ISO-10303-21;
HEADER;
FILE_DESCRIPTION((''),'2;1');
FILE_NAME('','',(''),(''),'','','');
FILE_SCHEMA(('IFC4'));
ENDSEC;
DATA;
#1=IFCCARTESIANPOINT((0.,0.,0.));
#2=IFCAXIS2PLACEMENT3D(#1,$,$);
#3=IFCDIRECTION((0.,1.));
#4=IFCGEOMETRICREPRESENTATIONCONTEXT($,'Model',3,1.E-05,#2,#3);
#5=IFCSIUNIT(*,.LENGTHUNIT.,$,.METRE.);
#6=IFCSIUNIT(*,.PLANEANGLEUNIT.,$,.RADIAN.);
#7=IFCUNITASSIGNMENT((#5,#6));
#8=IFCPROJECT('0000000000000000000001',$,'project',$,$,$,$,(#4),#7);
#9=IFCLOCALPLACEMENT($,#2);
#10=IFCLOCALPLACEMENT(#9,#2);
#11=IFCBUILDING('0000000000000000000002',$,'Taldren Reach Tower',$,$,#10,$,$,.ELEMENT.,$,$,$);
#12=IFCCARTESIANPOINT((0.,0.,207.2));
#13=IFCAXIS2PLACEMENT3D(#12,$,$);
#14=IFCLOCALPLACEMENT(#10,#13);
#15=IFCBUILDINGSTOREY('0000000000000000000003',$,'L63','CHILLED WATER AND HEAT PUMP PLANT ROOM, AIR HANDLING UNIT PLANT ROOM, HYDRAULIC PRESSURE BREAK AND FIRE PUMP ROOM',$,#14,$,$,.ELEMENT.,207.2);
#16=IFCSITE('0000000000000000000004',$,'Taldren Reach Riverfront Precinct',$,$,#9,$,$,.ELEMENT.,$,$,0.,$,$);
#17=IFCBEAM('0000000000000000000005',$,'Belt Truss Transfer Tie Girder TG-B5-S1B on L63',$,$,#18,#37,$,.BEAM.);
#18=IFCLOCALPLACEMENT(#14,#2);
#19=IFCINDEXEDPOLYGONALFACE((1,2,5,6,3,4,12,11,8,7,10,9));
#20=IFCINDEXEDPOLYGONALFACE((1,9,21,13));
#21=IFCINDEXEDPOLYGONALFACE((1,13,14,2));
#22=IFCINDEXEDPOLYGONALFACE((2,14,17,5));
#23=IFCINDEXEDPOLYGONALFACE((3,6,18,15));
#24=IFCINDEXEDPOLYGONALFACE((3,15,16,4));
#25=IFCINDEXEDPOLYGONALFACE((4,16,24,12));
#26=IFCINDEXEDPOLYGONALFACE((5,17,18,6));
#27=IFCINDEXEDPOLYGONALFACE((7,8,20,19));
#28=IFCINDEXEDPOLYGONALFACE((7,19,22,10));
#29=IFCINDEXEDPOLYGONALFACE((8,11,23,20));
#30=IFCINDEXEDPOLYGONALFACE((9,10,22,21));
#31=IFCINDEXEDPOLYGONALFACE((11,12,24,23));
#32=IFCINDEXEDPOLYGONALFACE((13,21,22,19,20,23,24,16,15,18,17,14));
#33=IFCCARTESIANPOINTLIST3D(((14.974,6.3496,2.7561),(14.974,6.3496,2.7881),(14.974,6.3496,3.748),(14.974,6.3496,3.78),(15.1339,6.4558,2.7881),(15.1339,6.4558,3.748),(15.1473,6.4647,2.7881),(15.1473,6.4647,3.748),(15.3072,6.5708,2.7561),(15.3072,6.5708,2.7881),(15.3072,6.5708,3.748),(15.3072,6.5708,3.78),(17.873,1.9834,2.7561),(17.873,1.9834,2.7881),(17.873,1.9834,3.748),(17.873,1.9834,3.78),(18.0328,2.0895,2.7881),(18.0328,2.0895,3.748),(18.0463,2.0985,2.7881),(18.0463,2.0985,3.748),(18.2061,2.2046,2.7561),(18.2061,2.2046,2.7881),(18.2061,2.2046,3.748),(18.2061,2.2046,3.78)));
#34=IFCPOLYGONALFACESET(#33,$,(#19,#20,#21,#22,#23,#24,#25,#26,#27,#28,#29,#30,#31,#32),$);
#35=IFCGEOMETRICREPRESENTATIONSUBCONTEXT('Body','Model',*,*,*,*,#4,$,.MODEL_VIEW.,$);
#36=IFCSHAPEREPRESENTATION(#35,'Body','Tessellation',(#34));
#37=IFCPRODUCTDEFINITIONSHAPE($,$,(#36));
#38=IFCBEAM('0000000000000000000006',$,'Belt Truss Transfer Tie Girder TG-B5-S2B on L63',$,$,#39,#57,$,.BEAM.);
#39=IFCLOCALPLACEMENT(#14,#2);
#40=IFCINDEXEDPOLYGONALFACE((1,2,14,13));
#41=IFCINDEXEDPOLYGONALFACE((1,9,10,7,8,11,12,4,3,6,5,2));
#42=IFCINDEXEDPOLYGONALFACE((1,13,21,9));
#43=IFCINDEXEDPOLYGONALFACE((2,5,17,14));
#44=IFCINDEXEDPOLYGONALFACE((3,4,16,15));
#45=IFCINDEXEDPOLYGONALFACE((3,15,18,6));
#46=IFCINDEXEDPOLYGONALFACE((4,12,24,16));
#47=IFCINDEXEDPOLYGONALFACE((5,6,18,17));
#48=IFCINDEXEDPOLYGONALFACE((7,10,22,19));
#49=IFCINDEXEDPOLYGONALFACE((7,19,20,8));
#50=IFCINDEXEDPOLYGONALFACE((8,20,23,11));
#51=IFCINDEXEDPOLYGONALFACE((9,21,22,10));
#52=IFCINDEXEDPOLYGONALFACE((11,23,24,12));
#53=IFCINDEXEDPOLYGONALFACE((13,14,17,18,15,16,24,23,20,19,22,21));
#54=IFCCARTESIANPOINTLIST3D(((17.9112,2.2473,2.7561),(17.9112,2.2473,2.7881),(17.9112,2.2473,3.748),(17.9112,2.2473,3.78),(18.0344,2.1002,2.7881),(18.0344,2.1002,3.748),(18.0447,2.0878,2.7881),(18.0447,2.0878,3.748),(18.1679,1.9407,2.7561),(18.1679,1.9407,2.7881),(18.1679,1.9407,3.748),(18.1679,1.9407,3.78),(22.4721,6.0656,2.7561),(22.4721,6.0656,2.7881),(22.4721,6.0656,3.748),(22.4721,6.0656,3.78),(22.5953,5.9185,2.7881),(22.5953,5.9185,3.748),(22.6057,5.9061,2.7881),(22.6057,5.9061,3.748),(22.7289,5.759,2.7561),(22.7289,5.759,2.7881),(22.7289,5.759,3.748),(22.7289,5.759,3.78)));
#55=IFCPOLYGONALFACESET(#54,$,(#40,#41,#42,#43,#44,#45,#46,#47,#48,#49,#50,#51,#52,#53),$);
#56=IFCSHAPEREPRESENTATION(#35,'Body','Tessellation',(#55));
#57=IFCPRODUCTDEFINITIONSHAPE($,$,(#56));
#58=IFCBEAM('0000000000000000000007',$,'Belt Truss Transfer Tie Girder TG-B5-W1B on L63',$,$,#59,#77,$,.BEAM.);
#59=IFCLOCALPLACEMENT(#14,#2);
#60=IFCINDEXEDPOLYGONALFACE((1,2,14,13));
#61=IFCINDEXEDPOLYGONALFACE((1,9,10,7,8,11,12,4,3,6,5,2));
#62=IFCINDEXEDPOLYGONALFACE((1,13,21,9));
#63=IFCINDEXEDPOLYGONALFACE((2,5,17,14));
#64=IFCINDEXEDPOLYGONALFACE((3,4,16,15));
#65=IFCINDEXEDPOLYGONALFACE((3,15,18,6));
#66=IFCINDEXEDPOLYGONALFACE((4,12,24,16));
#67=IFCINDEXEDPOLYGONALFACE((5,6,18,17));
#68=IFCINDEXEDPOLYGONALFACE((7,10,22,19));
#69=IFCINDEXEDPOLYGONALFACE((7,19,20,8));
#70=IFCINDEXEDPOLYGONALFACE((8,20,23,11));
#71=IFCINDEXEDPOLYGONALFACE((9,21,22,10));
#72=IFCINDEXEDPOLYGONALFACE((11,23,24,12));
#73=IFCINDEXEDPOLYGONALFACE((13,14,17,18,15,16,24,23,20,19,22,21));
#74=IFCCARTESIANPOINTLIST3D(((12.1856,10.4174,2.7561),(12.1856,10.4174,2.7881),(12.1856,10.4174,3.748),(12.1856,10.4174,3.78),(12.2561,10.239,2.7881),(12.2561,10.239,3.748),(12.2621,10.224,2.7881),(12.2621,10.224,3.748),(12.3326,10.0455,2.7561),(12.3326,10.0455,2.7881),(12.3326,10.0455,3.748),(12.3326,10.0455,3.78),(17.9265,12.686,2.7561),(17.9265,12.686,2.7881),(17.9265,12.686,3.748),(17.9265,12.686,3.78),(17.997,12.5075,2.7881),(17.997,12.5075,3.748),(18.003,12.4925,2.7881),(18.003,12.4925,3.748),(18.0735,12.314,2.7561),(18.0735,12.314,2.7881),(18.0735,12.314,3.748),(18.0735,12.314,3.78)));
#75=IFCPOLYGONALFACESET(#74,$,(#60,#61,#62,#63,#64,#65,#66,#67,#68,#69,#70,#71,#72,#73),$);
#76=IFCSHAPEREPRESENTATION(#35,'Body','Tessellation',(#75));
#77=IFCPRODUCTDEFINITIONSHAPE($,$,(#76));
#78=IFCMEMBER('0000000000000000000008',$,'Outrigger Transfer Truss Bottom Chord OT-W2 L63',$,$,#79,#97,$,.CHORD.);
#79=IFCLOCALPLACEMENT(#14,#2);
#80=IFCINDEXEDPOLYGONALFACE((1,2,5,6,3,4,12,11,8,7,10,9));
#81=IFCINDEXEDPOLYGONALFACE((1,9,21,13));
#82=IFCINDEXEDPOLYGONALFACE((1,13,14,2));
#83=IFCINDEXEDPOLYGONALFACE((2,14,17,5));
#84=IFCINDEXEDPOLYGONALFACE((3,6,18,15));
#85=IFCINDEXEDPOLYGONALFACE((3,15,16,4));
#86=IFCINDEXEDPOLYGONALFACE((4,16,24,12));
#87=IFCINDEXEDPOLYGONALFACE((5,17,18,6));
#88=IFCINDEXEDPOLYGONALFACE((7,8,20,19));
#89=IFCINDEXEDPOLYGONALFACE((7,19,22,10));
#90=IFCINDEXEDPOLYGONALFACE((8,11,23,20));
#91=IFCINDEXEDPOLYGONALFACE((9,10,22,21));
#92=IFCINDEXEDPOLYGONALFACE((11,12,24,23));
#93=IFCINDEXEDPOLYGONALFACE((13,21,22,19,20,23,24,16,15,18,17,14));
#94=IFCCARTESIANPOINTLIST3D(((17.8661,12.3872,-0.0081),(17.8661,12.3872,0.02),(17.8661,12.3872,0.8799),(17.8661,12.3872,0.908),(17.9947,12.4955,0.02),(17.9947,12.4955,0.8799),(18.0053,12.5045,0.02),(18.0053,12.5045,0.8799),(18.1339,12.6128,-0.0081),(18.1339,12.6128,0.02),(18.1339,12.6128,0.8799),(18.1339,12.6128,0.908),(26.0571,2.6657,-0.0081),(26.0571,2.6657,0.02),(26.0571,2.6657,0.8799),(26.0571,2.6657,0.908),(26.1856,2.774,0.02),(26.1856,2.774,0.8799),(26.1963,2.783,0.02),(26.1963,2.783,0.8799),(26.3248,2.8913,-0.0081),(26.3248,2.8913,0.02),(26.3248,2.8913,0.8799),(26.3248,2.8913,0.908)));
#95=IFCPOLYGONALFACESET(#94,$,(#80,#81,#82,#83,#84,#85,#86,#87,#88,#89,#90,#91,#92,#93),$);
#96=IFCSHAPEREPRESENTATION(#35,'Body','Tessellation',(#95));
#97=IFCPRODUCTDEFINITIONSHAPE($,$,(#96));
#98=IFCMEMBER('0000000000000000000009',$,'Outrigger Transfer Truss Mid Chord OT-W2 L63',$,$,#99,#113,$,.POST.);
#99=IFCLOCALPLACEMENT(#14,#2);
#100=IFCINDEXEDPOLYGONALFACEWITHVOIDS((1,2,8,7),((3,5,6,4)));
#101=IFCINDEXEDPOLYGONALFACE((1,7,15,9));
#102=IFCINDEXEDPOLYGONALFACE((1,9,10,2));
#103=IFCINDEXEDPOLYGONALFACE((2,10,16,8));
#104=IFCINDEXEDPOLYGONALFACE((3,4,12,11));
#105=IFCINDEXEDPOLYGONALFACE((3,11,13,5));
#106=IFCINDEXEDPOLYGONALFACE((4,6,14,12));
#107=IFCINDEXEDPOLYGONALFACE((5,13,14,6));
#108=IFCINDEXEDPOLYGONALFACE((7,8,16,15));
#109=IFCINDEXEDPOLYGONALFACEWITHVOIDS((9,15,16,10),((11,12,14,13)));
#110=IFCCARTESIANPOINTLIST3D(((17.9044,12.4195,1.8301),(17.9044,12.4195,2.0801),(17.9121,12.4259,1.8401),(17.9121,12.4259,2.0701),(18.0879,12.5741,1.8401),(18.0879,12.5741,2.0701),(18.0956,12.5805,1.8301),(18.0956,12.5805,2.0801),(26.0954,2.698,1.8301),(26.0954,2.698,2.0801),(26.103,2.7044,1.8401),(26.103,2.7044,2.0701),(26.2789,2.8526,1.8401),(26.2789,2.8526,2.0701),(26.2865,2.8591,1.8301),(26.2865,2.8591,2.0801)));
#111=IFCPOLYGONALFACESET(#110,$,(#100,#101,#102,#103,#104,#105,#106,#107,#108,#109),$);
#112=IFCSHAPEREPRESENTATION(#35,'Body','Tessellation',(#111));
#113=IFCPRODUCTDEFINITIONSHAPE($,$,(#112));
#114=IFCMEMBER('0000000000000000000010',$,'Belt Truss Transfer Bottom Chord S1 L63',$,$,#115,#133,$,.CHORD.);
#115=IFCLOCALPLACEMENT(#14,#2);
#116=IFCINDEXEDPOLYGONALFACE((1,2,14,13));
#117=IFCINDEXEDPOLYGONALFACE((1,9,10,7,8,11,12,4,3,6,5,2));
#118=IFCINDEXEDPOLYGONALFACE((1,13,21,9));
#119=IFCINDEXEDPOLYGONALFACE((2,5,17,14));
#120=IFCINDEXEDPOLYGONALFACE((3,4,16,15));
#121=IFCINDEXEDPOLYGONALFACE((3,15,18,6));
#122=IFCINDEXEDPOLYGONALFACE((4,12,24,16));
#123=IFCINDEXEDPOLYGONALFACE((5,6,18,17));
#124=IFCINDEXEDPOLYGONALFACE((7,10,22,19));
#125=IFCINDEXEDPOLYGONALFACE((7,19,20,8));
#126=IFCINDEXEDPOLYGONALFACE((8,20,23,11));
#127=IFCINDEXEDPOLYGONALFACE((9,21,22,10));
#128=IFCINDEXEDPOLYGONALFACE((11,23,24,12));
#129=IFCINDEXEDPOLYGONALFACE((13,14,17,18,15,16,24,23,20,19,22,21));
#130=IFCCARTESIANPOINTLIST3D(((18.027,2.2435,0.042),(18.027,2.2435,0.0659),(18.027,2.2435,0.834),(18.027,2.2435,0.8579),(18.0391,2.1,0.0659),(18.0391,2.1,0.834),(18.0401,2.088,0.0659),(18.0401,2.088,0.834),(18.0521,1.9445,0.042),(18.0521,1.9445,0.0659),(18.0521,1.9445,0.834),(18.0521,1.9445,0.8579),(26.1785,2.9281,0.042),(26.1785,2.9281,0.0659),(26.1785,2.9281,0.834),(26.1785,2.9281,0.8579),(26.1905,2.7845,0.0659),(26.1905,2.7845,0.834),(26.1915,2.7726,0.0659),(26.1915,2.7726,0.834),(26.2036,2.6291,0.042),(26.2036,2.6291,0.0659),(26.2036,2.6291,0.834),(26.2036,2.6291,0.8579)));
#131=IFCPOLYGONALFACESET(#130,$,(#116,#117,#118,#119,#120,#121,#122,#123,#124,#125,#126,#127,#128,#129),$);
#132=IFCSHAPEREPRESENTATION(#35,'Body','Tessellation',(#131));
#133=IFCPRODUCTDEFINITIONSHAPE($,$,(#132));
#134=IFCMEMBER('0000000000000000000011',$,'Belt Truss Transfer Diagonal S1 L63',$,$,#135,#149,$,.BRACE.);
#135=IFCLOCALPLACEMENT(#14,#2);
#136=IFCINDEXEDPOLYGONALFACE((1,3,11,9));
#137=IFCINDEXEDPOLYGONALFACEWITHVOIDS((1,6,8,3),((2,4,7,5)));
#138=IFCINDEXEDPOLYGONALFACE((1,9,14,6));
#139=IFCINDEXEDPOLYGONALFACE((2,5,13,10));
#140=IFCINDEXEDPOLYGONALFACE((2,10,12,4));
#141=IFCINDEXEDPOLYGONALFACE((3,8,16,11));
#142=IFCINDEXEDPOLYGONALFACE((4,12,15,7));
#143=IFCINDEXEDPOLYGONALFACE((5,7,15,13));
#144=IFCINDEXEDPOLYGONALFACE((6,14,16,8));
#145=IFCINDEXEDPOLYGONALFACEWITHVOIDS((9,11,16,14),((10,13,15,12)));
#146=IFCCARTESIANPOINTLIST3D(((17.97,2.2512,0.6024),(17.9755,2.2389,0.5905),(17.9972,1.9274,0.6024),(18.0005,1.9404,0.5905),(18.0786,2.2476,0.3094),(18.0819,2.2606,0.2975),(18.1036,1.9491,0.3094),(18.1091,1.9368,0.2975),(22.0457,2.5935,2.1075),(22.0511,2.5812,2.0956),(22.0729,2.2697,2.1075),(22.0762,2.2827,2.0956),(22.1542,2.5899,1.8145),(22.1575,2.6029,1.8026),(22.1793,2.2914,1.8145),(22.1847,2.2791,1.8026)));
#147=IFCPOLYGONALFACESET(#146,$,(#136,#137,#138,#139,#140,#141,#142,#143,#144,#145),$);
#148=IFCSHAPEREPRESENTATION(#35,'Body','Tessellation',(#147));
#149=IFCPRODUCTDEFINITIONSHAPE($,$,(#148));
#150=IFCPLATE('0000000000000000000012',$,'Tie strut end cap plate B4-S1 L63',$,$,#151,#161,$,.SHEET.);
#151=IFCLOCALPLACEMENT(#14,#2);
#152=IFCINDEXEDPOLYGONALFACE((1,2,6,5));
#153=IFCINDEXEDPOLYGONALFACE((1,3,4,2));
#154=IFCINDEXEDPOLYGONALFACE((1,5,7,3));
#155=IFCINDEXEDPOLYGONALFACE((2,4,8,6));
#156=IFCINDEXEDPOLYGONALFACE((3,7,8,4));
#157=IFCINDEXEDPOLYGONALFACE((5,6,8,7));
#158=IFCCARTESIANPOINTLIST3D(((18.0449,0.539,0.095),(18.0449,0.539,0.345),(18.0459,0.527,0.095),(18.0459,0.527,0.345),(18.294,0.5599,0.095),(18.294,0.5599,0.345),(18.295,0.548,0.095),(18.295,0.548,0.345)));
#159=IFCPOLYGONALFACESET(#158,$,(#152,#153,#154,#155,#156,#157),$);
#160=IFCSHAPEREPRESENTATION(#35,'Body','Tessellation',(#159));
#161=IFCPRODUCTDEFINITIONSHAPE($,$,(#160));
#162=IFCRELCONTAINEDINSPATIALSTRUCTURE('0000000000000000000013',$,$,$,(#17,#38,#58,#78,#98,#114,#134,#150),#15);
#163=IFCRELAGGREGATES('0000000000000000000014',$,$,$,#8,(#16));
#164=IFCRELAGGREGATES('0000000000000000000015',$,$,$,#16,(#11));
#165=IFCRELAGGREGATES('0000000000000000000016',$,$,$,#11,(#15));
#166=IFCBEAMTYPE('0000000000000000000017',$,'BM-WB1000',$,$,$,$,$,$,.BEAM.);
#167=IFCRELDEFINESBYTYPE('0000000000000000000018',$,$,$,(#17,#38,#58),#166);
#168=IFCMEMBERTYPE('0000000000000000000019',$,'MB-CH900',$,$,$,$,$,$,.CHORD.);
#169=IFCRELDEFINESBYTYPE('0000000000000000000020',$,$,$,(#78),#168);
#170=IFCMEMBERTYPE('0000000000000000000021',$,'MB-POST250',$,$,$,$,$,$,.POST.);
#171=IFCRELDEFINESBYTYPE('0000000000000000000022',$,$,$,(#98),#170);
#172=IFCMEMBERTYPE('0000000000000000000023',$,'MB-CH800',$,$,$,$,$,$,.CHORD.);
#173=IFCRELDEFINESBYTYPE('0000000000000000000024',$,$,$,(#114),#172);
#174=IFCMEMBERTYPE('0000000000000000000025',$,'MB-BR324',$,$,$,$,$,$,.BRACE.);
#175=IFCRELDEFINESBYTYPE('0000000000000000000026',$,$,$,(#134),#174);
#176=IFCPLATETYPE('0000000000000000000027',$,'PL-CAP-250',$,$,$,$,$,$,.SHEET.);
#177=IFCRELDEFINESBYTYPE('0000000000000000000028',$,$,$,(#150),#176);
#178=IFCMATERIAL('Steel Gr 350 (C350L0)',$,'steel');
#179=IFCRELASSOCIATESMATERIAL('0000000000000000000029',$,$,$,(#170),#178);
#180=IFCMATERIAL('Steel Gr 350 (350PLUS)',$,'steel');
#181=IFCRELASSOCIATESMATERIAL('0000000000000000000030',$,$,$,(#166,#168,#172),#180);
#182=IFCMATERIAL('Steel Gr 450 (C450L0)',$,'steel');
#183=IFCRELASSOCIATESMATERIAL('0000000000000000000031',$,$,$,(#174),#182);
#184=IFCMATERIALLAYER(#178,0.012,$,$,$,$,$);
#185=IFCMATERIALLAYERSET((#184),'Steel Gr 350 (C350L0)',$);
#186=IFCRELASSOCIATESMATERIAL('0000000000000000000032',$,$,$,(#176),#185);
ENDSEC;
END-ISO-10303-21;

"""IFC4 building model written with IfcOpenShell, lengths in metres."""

from ifc_helpers import new_model, si_unit, direction, frame, origin, origin_2d, place, context, subcontext, project, spatial, rectangle, hollow_rectangle, i_section, extrude, source, transform, mapped, material, layer, layer_set, material_profile, profile_set, type_object, element, save


model = new_model("IFC4")

# Units and contexts
model_context = context("Model", 3, precision=1e-05, world=origin(), true_north=direction((0.0, 1.0)))
body_context = subcontext(model_context, "Body", "Model", "MODEL_VIEW")
ifc_project = project(units=[si_unit("LENGTHUNIT", "METRE"), si_unit("PLANEANGLEUNIT", "RADIAN")], contexts=[model_context])

# Site, building, storey
site_placement = place(None, origin())
site = spatial("IfcSite", under=ifc_project, at=site_placement, Name="Taldren Reach Riverfront Precinct", CompositionType="ELEMENT", RefElevation=0.0)
building_placement = place(site_placement, origin())
building = spatial("IfcBuilding", under=site, at=building_placement, Name="Taldren Reach Tower", CompositionType="ELEMENT")
storey_placement = place(building_placement, frame((0.0, 0.0, 207.2)))
storey = spatial("IfcBuildingStorey", under=building, at=storey_placement, Name="L63", Description="CHILLED WATER AND HEAT PUMP PLANT ROOM, AIR HANDLING UNIT PLANT ROOM, HYDRAULIC PRESSURE BREAK AND FIRE PUMP ROOM", CompositionType="ELEMENT", Elevation=207.2)

# Shared definitions
ifc_material_1 = material(Name="Steel Gr 450 (C450L0)", Category="steel")
ifc_material_2 = material(Name="Steel Gr 350 (C350L0)", Category="steel")

# Shared definitions
ifc_material_3 = material(Name="Steel Gr 350 (350PLUS)", Category="steel")

# Shared definitions
ifc_material_profile_1 = material_profile(ifc_material_2, hollow_rectangle(XDim=0.25, YDim=0.25, WallThickness=0.01, at=origin_2d()), Name="250x250x10.0SHS")
ifc_profile_set_1 = profile_set([ifc_material_profile_1], Name="Steel Gr 350 (C350L0)")
member_type_1 = type_object("IfcMemberType", Name="MB-POST250", PredefinedType="POST", material=ifc_profile_set_1)

# Beams
ifc_material_profile_2 = material_profile(ifc_material_3, i_section(OverallWidth=0.3999, OverallDepth=1.0239, WebThickness=0.0161, FlangeThickness=0.032, at=origin_2d()), Name="1000WB322")
ifc_profile_set_2 = profile_set([ifc_material_profile_2], Name="Steel Gr 350 (350PLUS)")
beam_type_1 = type_object("IfcBeamType", Name="BM-WB1000", PredefinedType="BEAM", material=ifc_profile_set_2)
shared_shape_1 = source(origin(), body_context, "Body", "SweptSolid", [
    extrude(i_section(OverallWidth=0.3999, OverallDepth=1.0239, WebThickness=0.0161, FlangeThickness=0.032, at=origin_2d()), origin(), (0.0, 0.0, 1.0), 5.241),
])
beam_1_placement = place(storey_placement, frame((18.0396, 2.094, 3.2681), z_axis=(-0.55313, 0.833095, 0.0), x_axis=(-0.833095, -0.55313, 0.0)))
element("IfcBeam", 1, at=beam_1_placement, inside=storey, type_object=beam_type_1, Name="Belt Truss Transfer Tie Girder TG-B5-S1B on L63", PredefinedType="BEAM", context=body_context, shape_type="MappedRepresentation", body=[
    mapped(shared_shape_1, transform((0.0, 0.0, 0.0), scale=1.0)),
])
shared_shape_2 = source(origin(), body_context, "Body", "SweptSolid", [
    extrude(i_section(OverallWidth=0.3999, OverallDepth=1.0239, WebThickness=0.0161, FlangeThickness=0.032, at=origin_2d()), origin(), (0.0, 0.0, 1.0), 5.9482),
])
beam_2_placement = place(storey_placement, frame((18.0396, 2.094, 3.2681), z_axis=(0.766773, 0.641919, 0.0), x_axis=(-0.641919, 0.766773, 0.0)))
element("IfcBeam", 2, at=beam_2_placement, inside=storey, type_object=beam_type_1, Name="Belt Truss Transfer Tie Girder TG-B5-S2B on L63", PredefinedType="BEAM", context=body_context, shape_type="MappedRepresentation", body=[
    mapped(shared_shape_2, transform((0.0, 0.0, 0.0), scale=1.0)),
])
shared_shape_3 = source(origin(), body_context, "Body", "SweptSolid", [
    extrude(i_section(OverallWidth=0.3999, OverallDepth=1.0239, WebThickness=0.0161, FlangeThickness=0.032, at=origin_2d()), origin(), (0.0, 0.0, 1.0), 6.1729),
])
beam_3_placement = place(storey_placement, frame((18.0, 12.5, 3.2681), z_axis=(-0.930023, -0.367501, 0.0), x_axis=(0.367501, -0.930023, 0.0)))
element("IfcBeam", 3, at=beam_3_placement, inside=storey, type_object=beam_type_1, Name="Belt Truss Transfer Tie Girder TG-B5-W1B on L63", PredefinedType="BEAM", context=body_context, shape_type="MappedRepresentation", body=[
    mapped(shared_shape_3, transform((0.0, 0.0, 0.0), scale=1.0)),
])

# Members
ifc_material_profile_3 = material_profile(ifc_material_3, i_section(OverallWidth=0.3501, OverallDepth=0.916, WebThickness=0.0139, FlangeThickness=0.0281, at=origin_2d()), Name="900WB257")
ifc_profile_set_3 = profile_set([ifc_material_profile_3], Name="Steel Gr 350 (350PLUS)")
member_type_2 = type_object("IfcMemberType", Name="MB-CH900", PredefinedType="CHORD", material=ifc_profile_set_3)
shared_shape_4 = source(origin(), body_context, "Body", "SweptSolid", [
    extrude(i_section(OverallWidth=0.3501, OverallDepth=0.916, WebThickness=0.0139, FlangeThickness=0.0281, at=origin_2d()), origin(), (0.0, 0.0, 1.0), 12.7122),
])
member_1_placement = place(storey_placement, frame((18.0, 12.5, 0.45), z_axis=(0.64434, -0.764739, 0.0), x_axis=(0.764739, 0.64434, 0.0)))
element("IfcMember", 4, at=member_1_placement, inside=storey, type_object=member_type_2, Name="Outrigger Transfer Truss Bottom Chord OT-W2 L63", PredefinedType="CHORD", context=body_context, shape_type="MappedRepresentation", body=[
    mapped(shared_shape_4, transform((0.0, 0.0, 0.0), scale=1.0)),
])
shared_shape_5 = source(origin(), body_context, "Body", "SweptSolid", [
    extrude(hollow_rectangle(XDim=0.25, YDim=0.25, WallThickness=0.01, at=origin_2d()), origin(), (0.0, 0.0, 1.0), 12.7122),
])
member_2_placement = place(storey_placement, frame((18.0, 12.5, 1.9551), z_axis=(0.64434, -0.764739, 0.0), x_axis=(0.764739, 0.64434, 0.0)))
element("IfcMember", 5, at=member_2_placement, inside=storey, type_object=member_type_1, Name="Outrigger Transfer Truss Mid Chord OT-W2 L63", PredefinedType="POST", context=body_context, shape_type="MappedRepresentation", body=[
    mapped(shared_shape_5, transform((0.0, 0.0, 0.0), scale=1.0)),
])
ifc_material_profile_4 = material_profile(ifc_material_3, i_section(OverallWidth=0.3, OverallDepth=0.8159, WebThickness=0.012, FlangeThickness=0.0239, at=origin_2d()), Name="800WB192")
ifc_profile_set_4 = profile_set([ifc_material_profile_4], Name="Steel Gr 350 (350PLUS)")
member_type_3 = type_object("IfcMemberType", Name="MB-CH800", PredefinedType="CHORD", material=ifc_profile_set_4)
shared_shape_6 = source(origin(), body_context, "Body", "SweptSolid", [
    extrude(i_section(OverallWidth=0.3, OverallDepth=0.8159, WebThickness=0.012, FlangeThickness=0.0239, at=origin_2d()), origin(), (0.0, 0.0, 1.0), 8.1802),
])
member_3_placement = place(storey_placement, frame((18.0396, 2.094, 0.45), z_axis=(0.996492, 0.083688, 0.0), x_axis=(-0.083688, 0.996492, 0.0)))
element("IfcMember", 6, at=member_3_placement, inside=storey, type_object=member_type_3, Name="Belt Truss Transfer Bottom Chord S1 L63", PredefinedType="CHORD", context=body_context, shape_type="MappedRepresentation", body=[
    mapped(shared_shape_6, transform((0.0, 0.0, 0.0), scale=1.0)),
])
ifc_material_profile_5 = material_profile(ifc_material_1, hollow_rectangle(XDim=0.325, YDim=0.325, WallThickness=0.0127, at=origin_2d()), Name="325x325x12.7SHS")
ifc_profile_set_5 = profile_set([ifc_material_profile_5], Name="Steel Gr 450 (C450L0)")
member_type_4 = type_object("IfcMemberType", Name="MB-BR324", PredefinedType="BRACE", material=ifc_profile_set_5)
shared_shape_7 = source(origin(), body_context, "Body", "SweptSolid", [
    extrude(hollow_rectangle(XDim=0.325, YDim=0.325, WallThickness=0.0127, at=origin_2d()), origin(), (0.0, 0.0, 1.0), 4.3582),
])
member_4_placement = place(storey_placement, frame((18.0396, 2.094, 0.45), z_axis=(0.935179, 0.078538, 0.345356), x_axis=(-0.083688, 0.996492, 0.0)))
element("IfcMember", 7, at=member_4_placement, inside=storey, type_object=member_type_4, Name="Belt Truss Transfer Diagonal S1 L63", PredefinedType="BRACE", context=body_context, shape_type="MappedRepresentation", body=[
    mapped(shared_shape_7, transform((0.0, 0.0, 0.0), scale=1.0)),
])

# Plate
ifc_layer_1 = layer(ifc_material_2, 0.012)
ifc_layer_set_1 = layer_set([ifc_layer_1], Name="Steel Gr 350 (C350L0)")
plate_type_1 = type_object("IfcPlateType", Name="PL-CAP-250", PredefinedType="SHEET", material=ifc_layer_set_1)
shared_shape_8 = source(origin(), body_context, "Body", "SweptSolid", [
    extrude(rectangle(XDim=0.25, YDim=0.012, at=origin_2d()), origin(), (0.0, 0.0, 1.0), 0.25),
])
plate_1_placement = place(storey_placement, frame((18.1699, 0.5435, 0.095), z_axis=(0.0, 0.0, 1.0), x_axis=(0.996493, 0.083678, 0.0)))
element("IfcPlate", 8, at=plate_1_placement, inside=storey, type_object=plate_type_1, Name="Tie strut end cap plate B4-S1 L63", PredefinedType="SHEET", context=body_context, shape_type="MappedRepresentation", body=[
    mapped(shared_shape_8, transform((0.0, 0.0, 0.0), scale=1.0)),
])

save(model, "model.ifc")
